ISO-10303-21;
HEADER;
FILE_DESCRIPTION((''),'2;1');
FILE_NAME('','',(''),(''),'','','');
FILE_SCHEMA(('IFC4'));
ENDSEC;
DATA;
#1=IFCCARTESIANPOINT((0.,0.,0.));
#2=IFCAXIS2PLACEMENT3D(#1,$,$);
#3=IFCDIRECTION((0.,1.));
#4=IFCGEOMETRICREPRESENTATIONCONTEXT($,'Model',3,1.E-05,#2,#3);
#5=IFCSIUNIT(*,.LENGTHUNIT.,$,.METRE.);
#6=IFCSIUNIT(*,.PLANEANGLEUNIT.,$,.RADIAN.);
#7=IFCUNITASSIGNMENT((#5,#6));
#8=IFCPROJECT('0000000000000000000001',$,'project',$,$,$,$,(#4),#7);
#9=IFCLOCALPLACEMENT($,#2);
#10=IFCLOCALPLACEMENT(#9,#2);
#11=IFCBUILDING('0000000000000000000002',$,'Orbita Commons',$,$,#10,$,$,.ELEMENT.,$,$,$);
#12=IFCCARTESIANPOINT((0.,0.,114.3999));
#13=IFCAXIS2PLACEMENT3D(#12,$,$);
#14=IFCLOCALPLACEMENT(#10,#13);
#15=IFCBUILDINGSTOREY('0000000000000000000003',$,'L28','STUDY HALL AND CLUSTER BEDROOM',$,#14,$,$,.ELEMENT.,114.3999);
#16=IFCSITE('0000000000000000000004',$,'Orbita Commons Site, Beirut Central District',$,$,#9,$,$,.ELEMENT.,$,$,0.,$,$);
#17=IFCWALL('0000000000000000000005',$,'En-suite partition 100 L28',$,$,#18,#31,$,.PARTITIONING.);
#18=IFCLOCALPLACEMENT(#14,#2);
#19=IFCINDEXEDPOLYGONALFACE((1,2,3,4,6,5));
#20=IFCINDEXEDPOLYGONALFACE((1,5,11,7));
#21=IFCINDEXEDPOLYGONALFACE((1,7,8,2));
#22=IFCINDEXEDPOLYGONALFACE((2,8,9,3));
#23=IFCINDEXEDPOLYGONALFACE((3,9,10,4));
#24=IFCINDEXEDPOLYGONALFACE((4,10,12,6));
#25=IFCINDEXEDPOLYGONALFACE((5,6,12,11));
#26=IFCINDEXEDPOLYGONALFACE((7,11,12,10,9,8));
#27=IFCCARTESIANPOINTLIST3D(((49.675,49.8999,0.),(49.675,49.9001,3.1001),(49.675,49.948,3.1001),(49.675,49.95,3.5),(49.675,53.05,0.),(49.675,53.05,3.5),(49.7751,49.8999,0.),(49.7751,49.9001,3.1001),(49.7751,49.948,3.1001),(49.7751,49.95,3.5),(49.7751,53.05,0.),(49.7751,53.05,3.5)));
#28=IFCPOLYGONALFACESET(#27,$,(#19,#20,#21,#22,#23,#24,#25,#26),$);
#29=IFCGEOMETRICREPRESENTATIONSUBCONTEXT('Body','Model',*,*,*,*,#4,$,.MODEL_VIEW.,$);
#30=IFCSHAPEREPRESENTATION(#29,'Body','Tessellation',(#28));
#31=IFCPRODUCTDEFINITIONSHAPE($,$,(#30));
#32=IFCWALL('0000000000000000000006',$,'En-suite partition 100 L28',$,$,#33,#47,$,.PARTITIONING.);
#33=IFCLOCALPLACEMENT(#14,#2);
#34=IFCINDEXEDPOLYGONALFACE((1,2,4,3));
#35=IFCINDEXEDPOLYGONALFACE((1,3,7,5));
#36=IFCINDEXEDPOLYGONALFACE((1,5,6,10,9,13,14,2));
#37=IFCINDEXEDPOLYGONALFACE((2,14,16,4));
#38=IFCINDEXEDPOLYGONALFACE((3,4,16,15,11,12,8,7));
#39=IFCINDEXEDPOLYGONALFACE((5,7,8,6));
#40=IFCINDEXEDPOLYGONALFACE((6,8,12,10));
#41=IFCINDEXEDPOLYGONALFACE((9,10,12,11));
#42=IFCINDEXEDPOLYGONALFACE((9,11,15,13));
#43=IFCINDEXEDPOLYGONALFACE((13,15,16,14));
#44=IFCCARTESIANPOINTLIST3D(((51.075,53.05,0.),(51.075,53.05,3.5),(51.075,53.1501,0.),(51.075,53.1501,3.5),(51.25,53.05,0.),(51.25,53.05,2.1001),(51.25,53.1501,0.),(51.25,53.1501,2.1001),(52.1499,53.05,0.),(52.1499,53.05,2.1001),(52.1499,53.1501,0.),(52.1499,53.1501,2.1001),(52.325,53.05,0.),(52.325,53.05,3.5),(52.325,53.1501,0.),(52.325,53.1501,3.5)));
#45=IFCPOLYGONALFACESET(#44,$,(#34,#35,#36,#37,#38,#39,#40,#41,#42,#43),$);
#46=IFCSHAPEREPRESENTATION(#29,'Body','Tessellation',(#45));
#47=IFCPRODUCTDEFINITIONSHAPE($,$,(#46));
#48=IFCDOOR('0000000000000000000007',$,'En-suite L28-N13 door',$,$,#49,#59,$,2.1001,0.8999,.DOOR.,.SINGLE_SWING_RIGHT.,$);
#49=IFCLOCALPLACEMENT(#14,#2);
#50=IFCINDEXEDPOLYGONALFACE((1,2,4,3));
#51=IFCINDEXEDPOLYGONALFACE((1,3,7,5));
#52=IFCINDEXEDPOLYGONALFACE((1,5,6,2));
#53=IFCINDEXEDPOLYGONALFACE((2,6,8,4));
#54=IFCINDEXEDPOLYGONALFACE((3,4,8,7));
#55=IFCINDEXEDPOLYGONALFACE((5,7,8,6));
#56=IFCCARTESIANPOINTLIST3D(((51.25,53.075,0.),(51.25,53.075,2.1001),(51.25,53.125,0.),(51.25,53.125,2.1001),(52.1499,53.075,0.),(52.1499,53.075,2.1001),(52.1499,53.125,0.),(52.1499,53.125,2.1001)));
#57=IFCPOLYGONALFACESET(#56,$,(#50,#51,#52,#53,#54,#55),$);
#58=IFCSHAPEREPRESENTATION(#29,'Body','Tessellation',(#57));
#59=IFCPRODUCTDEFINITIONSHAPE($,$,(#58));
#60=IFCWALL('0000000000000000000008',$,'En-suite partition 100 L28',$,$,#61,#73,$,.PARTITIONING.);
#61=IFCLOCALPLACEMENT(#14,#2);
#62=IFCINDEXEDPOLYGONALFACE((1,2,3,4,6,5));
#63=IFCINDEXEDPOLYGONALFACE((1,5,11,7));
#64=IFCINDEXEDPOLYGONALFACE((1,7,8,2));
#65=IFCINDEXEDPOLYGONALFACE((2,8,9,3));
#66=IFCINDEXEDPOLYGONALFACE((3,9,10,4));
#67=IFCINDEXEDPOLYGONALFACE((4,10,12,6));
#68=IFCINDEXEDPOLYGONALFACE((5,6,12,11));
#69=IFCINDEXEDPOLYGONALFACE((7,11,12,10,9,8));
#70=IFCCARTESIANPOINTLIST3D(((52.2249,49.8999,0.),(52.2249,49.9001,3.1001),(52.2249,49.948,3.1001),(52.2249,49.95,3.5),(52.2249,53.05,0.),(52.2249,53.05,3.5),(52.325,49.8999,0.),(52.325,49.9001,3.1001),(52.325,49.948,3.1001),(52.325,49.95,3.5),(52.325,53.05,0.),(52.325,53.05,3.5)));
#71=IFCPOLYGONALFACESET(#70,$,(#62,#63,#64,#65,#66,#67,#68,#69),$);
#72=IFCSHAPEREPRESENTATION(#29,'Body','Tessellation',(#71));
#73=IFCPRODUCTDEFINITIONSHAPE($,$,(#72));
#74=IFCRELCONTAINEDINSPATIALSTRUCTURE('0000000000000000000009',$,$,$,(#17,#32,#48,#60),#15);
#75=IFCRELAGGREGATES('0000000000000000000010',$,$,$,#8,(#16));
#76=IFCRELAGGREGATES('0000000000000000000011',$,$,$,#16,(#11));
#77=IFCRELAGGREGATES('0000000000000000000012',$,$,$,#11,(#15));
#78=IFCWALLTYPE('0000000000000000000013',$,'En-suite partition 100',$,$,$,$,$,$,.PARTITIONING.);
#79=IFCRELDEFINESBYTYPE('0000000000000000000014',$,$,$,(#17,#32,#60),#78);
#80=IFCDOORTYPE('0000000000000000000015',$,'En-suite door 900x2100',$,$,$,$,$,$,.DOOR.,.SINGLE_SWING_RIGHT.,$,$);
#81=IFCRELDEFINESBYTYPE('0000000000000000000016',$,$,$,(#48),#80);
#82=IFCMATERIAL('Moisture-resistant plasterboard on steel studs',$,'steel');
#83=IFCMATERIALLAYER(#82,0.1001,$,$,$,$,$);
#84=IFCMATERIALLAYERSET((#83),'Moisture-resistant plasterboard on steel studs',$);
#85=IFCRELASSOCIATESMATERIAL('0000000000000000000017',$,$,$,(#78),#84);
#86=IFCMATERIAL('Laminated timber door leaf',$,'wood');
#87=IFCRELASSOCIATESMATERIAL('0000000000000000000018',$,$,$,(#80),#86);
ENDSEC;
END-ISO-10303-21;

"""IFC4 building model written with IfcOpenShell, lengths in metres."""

from ifc_helpers import new_model, si_unit, direction, frame, frame_2d, origin, place, context, subcontext, project, spatial, polyline, rectangle, outline, extrude, material, layer, layer_set, type_object, element, fill, save


model = new_model("IFC4")

# Units and contexts
model_context = context("Model", 3, precision=1e-05, world=origin(), true_north=direction((0.0, 1.0)))
body_context = subcontext(model_context, "Body", "Model", "MODEL_VIEW")
ifc_project = project(units=[si_unit("LENGTHUNIT", "METRE"), si_unit("PLANEANGLEUNIT", "RADIAN")], contexts=[model_context])

# Site, building, storey
site_placement = place(None, origin())
site = spatial("IfcSite", under=ifc_project, at=site_placement, Name="Orbita Commons Site, Beirut Central District", CompositionType="ELEMENT", RefElevation=0.0)
building_placement = place(site_placement, origin())
building = spatial("IfcBuilding", under=site, at=building_placement, Name="Orbita Commons", CompositionType="ELEMENT")
storey_placement = place(building_placement, frame((0.0, 0.0, 114.3999)))
storey = spatial("IfcBuildingStorey", under=building, at=storey_placement, Name="L28", Description="STUDY HALL AND CLUSTER BEDROOM", CompositionType="ELEMENT", Elevation=114.3999)

# Shared definitions
ifc_material_1 = material(Name="Moisture-resistant plasterboard on steel studs", Category="steel")
ifc_layer_1 = layer(ifc_material_1, 0.1001)
ifc_layer_set_1 = layer_set([ifc_layer_1], Name="Moisture-resistant plasterboard on steel studs")
wall_type_1 = type_object("IfcWallType", Name="En-suite partition 100", PredefinedType="PARTITIONING", material=ifc_layer_set_1)

# Shared definitions
ifc_material_2 = material(Name="Laminated timber door leaf", Category="wood")
door_type_1 = type_object("IfcDoorType", Name="En-suite door 900x2100", OperationType="SINGLE_SWING_RIGHT", PredefinedType="DOOR", material=ifc_material_2)

# Wall
wall_1_placement = place(storey_placement, frame((49.7251, 53.05, 0.0), z_axis=(0.0, 0.0, 1.0), x_axis=(0.0, -1.0, 0.0)))
element("IfcWall", 1, at=wall_1_placement, inside=storey, type_object=wall_type_1, Name="En-suite partition 100 L28", PredefinedType="PARTITIONING", context=body_context, shape_type="SweptSolid", body=[
    extrude(outline(polyline([(0.0, 0.0), (3.1501, 0.0), (3.1499, 3.1001), (3.1021, 3.1001), (3.1001, 3.5), (0.0, 3.5), (0.0, 0.0)])), frame((0.0, 0.05, 0.0), z_axis=(0.0, -1.0, 0.0), x_axis=(1.0, 0.0, 0.0)), (0.0, 0.0, 1.0), 0.1001),
])

# Wall, opening, door
wall_2_placement = place(storey_placement, frame((51.075, 53.1001, 0.0), z_axis=(0.0, 0.0, 1.0), x_axis=(1.0, 0.0, 0.0)))
wall_2 = element("IfcWall", 2, at=wall_2_placement, inside=storey, type_object=wall_type_1, Name="En-suite partition 100 L28", PredefinedType="PARTITIONING", context=body_context, shape_type="SweptSolid", body=[
    extrude(rectangle(XDim=1.25, YDim=0.1001, at=frame_2d((0.625, 0.0))), origin(), (0.0, 0.0, 1.0), 3.5),
])
opening_1_placement = place(wall_2_placement, frame((0.175, 0.0, 0.0)))
opening_1 = element("IfcOpeningElement", 3, at=opening_1_placement, cuts=wall_2, PredefinedType="OPENING", context=body_context, shape_type="SweptSolid", body=[
    extrude(rectangle(XDim=0.8999, YDim=2.1001, at=frame_2d((0.45, 1.05))), frame((0.0, 0.0601, 0.0), z_axis=(0.0, -1.0, 0.0), x_axis=(1.0, 0.0, 0.0)), (0.0, 0.0, 1.0), 0.1201),
])
door_1_placement = place(opening_1_placement, origin())
door_1 = element("IfcDoor", 4, at=door_1_placement, inside=storey, type_object=door_type_1, Name="En-suite L28-N13 door", OperationType="SINGLE_SWING_RIGHT", OverallHeight=2.1001, OverallWidth=0.8999, PredefinedType="DOOR", context=body_context, shape_type="SweptSolid", body=[
    extrude(rectangle(XDim=0.8999, YDim=2.1001, at=frame_2d((0.45, 1.05))), frame((0.0, 0.0249, 0.0), z_axis=(0.0, -1.0, 0.0), x_axis=(1.0, 0.0, 0.0)), (0.0, 0.0, 1.0), 0.05),
])
fill(opening_1, door_1)

# Wall
wall_3_placement = place(storey_placement, frame((52.2749, 53.05, 0.0), z_axis=(0.0, 0.0, 1.0), x_axis=(0.0, -1.0, 0.0)))
element("IfcWall", 5, at=wall_3_placement, inside=storey, type_object=wall_type_1, Name="En-suite partition 100 L28", PredefinedType="PARTITIONING", context=body_context, shape_type="SweptSolid", body=[
    extrude(outline(polyline([(0.0, 0.0), (3.1501, 0.0), (3.1499, 3.1001), (3.1021, 3.1001), (3.1001, 3.5), (0.0, 3.5), (0.0, 0.0)])), frame((0.0, 0.05, 0.0), z_axis=(0.0, -1.0, 0.0), x_axis=(1.0, 0.0, 0.0)), (0.0, 0.0, 1.0), 0.1001),
])

save(model, "model.ifc")
